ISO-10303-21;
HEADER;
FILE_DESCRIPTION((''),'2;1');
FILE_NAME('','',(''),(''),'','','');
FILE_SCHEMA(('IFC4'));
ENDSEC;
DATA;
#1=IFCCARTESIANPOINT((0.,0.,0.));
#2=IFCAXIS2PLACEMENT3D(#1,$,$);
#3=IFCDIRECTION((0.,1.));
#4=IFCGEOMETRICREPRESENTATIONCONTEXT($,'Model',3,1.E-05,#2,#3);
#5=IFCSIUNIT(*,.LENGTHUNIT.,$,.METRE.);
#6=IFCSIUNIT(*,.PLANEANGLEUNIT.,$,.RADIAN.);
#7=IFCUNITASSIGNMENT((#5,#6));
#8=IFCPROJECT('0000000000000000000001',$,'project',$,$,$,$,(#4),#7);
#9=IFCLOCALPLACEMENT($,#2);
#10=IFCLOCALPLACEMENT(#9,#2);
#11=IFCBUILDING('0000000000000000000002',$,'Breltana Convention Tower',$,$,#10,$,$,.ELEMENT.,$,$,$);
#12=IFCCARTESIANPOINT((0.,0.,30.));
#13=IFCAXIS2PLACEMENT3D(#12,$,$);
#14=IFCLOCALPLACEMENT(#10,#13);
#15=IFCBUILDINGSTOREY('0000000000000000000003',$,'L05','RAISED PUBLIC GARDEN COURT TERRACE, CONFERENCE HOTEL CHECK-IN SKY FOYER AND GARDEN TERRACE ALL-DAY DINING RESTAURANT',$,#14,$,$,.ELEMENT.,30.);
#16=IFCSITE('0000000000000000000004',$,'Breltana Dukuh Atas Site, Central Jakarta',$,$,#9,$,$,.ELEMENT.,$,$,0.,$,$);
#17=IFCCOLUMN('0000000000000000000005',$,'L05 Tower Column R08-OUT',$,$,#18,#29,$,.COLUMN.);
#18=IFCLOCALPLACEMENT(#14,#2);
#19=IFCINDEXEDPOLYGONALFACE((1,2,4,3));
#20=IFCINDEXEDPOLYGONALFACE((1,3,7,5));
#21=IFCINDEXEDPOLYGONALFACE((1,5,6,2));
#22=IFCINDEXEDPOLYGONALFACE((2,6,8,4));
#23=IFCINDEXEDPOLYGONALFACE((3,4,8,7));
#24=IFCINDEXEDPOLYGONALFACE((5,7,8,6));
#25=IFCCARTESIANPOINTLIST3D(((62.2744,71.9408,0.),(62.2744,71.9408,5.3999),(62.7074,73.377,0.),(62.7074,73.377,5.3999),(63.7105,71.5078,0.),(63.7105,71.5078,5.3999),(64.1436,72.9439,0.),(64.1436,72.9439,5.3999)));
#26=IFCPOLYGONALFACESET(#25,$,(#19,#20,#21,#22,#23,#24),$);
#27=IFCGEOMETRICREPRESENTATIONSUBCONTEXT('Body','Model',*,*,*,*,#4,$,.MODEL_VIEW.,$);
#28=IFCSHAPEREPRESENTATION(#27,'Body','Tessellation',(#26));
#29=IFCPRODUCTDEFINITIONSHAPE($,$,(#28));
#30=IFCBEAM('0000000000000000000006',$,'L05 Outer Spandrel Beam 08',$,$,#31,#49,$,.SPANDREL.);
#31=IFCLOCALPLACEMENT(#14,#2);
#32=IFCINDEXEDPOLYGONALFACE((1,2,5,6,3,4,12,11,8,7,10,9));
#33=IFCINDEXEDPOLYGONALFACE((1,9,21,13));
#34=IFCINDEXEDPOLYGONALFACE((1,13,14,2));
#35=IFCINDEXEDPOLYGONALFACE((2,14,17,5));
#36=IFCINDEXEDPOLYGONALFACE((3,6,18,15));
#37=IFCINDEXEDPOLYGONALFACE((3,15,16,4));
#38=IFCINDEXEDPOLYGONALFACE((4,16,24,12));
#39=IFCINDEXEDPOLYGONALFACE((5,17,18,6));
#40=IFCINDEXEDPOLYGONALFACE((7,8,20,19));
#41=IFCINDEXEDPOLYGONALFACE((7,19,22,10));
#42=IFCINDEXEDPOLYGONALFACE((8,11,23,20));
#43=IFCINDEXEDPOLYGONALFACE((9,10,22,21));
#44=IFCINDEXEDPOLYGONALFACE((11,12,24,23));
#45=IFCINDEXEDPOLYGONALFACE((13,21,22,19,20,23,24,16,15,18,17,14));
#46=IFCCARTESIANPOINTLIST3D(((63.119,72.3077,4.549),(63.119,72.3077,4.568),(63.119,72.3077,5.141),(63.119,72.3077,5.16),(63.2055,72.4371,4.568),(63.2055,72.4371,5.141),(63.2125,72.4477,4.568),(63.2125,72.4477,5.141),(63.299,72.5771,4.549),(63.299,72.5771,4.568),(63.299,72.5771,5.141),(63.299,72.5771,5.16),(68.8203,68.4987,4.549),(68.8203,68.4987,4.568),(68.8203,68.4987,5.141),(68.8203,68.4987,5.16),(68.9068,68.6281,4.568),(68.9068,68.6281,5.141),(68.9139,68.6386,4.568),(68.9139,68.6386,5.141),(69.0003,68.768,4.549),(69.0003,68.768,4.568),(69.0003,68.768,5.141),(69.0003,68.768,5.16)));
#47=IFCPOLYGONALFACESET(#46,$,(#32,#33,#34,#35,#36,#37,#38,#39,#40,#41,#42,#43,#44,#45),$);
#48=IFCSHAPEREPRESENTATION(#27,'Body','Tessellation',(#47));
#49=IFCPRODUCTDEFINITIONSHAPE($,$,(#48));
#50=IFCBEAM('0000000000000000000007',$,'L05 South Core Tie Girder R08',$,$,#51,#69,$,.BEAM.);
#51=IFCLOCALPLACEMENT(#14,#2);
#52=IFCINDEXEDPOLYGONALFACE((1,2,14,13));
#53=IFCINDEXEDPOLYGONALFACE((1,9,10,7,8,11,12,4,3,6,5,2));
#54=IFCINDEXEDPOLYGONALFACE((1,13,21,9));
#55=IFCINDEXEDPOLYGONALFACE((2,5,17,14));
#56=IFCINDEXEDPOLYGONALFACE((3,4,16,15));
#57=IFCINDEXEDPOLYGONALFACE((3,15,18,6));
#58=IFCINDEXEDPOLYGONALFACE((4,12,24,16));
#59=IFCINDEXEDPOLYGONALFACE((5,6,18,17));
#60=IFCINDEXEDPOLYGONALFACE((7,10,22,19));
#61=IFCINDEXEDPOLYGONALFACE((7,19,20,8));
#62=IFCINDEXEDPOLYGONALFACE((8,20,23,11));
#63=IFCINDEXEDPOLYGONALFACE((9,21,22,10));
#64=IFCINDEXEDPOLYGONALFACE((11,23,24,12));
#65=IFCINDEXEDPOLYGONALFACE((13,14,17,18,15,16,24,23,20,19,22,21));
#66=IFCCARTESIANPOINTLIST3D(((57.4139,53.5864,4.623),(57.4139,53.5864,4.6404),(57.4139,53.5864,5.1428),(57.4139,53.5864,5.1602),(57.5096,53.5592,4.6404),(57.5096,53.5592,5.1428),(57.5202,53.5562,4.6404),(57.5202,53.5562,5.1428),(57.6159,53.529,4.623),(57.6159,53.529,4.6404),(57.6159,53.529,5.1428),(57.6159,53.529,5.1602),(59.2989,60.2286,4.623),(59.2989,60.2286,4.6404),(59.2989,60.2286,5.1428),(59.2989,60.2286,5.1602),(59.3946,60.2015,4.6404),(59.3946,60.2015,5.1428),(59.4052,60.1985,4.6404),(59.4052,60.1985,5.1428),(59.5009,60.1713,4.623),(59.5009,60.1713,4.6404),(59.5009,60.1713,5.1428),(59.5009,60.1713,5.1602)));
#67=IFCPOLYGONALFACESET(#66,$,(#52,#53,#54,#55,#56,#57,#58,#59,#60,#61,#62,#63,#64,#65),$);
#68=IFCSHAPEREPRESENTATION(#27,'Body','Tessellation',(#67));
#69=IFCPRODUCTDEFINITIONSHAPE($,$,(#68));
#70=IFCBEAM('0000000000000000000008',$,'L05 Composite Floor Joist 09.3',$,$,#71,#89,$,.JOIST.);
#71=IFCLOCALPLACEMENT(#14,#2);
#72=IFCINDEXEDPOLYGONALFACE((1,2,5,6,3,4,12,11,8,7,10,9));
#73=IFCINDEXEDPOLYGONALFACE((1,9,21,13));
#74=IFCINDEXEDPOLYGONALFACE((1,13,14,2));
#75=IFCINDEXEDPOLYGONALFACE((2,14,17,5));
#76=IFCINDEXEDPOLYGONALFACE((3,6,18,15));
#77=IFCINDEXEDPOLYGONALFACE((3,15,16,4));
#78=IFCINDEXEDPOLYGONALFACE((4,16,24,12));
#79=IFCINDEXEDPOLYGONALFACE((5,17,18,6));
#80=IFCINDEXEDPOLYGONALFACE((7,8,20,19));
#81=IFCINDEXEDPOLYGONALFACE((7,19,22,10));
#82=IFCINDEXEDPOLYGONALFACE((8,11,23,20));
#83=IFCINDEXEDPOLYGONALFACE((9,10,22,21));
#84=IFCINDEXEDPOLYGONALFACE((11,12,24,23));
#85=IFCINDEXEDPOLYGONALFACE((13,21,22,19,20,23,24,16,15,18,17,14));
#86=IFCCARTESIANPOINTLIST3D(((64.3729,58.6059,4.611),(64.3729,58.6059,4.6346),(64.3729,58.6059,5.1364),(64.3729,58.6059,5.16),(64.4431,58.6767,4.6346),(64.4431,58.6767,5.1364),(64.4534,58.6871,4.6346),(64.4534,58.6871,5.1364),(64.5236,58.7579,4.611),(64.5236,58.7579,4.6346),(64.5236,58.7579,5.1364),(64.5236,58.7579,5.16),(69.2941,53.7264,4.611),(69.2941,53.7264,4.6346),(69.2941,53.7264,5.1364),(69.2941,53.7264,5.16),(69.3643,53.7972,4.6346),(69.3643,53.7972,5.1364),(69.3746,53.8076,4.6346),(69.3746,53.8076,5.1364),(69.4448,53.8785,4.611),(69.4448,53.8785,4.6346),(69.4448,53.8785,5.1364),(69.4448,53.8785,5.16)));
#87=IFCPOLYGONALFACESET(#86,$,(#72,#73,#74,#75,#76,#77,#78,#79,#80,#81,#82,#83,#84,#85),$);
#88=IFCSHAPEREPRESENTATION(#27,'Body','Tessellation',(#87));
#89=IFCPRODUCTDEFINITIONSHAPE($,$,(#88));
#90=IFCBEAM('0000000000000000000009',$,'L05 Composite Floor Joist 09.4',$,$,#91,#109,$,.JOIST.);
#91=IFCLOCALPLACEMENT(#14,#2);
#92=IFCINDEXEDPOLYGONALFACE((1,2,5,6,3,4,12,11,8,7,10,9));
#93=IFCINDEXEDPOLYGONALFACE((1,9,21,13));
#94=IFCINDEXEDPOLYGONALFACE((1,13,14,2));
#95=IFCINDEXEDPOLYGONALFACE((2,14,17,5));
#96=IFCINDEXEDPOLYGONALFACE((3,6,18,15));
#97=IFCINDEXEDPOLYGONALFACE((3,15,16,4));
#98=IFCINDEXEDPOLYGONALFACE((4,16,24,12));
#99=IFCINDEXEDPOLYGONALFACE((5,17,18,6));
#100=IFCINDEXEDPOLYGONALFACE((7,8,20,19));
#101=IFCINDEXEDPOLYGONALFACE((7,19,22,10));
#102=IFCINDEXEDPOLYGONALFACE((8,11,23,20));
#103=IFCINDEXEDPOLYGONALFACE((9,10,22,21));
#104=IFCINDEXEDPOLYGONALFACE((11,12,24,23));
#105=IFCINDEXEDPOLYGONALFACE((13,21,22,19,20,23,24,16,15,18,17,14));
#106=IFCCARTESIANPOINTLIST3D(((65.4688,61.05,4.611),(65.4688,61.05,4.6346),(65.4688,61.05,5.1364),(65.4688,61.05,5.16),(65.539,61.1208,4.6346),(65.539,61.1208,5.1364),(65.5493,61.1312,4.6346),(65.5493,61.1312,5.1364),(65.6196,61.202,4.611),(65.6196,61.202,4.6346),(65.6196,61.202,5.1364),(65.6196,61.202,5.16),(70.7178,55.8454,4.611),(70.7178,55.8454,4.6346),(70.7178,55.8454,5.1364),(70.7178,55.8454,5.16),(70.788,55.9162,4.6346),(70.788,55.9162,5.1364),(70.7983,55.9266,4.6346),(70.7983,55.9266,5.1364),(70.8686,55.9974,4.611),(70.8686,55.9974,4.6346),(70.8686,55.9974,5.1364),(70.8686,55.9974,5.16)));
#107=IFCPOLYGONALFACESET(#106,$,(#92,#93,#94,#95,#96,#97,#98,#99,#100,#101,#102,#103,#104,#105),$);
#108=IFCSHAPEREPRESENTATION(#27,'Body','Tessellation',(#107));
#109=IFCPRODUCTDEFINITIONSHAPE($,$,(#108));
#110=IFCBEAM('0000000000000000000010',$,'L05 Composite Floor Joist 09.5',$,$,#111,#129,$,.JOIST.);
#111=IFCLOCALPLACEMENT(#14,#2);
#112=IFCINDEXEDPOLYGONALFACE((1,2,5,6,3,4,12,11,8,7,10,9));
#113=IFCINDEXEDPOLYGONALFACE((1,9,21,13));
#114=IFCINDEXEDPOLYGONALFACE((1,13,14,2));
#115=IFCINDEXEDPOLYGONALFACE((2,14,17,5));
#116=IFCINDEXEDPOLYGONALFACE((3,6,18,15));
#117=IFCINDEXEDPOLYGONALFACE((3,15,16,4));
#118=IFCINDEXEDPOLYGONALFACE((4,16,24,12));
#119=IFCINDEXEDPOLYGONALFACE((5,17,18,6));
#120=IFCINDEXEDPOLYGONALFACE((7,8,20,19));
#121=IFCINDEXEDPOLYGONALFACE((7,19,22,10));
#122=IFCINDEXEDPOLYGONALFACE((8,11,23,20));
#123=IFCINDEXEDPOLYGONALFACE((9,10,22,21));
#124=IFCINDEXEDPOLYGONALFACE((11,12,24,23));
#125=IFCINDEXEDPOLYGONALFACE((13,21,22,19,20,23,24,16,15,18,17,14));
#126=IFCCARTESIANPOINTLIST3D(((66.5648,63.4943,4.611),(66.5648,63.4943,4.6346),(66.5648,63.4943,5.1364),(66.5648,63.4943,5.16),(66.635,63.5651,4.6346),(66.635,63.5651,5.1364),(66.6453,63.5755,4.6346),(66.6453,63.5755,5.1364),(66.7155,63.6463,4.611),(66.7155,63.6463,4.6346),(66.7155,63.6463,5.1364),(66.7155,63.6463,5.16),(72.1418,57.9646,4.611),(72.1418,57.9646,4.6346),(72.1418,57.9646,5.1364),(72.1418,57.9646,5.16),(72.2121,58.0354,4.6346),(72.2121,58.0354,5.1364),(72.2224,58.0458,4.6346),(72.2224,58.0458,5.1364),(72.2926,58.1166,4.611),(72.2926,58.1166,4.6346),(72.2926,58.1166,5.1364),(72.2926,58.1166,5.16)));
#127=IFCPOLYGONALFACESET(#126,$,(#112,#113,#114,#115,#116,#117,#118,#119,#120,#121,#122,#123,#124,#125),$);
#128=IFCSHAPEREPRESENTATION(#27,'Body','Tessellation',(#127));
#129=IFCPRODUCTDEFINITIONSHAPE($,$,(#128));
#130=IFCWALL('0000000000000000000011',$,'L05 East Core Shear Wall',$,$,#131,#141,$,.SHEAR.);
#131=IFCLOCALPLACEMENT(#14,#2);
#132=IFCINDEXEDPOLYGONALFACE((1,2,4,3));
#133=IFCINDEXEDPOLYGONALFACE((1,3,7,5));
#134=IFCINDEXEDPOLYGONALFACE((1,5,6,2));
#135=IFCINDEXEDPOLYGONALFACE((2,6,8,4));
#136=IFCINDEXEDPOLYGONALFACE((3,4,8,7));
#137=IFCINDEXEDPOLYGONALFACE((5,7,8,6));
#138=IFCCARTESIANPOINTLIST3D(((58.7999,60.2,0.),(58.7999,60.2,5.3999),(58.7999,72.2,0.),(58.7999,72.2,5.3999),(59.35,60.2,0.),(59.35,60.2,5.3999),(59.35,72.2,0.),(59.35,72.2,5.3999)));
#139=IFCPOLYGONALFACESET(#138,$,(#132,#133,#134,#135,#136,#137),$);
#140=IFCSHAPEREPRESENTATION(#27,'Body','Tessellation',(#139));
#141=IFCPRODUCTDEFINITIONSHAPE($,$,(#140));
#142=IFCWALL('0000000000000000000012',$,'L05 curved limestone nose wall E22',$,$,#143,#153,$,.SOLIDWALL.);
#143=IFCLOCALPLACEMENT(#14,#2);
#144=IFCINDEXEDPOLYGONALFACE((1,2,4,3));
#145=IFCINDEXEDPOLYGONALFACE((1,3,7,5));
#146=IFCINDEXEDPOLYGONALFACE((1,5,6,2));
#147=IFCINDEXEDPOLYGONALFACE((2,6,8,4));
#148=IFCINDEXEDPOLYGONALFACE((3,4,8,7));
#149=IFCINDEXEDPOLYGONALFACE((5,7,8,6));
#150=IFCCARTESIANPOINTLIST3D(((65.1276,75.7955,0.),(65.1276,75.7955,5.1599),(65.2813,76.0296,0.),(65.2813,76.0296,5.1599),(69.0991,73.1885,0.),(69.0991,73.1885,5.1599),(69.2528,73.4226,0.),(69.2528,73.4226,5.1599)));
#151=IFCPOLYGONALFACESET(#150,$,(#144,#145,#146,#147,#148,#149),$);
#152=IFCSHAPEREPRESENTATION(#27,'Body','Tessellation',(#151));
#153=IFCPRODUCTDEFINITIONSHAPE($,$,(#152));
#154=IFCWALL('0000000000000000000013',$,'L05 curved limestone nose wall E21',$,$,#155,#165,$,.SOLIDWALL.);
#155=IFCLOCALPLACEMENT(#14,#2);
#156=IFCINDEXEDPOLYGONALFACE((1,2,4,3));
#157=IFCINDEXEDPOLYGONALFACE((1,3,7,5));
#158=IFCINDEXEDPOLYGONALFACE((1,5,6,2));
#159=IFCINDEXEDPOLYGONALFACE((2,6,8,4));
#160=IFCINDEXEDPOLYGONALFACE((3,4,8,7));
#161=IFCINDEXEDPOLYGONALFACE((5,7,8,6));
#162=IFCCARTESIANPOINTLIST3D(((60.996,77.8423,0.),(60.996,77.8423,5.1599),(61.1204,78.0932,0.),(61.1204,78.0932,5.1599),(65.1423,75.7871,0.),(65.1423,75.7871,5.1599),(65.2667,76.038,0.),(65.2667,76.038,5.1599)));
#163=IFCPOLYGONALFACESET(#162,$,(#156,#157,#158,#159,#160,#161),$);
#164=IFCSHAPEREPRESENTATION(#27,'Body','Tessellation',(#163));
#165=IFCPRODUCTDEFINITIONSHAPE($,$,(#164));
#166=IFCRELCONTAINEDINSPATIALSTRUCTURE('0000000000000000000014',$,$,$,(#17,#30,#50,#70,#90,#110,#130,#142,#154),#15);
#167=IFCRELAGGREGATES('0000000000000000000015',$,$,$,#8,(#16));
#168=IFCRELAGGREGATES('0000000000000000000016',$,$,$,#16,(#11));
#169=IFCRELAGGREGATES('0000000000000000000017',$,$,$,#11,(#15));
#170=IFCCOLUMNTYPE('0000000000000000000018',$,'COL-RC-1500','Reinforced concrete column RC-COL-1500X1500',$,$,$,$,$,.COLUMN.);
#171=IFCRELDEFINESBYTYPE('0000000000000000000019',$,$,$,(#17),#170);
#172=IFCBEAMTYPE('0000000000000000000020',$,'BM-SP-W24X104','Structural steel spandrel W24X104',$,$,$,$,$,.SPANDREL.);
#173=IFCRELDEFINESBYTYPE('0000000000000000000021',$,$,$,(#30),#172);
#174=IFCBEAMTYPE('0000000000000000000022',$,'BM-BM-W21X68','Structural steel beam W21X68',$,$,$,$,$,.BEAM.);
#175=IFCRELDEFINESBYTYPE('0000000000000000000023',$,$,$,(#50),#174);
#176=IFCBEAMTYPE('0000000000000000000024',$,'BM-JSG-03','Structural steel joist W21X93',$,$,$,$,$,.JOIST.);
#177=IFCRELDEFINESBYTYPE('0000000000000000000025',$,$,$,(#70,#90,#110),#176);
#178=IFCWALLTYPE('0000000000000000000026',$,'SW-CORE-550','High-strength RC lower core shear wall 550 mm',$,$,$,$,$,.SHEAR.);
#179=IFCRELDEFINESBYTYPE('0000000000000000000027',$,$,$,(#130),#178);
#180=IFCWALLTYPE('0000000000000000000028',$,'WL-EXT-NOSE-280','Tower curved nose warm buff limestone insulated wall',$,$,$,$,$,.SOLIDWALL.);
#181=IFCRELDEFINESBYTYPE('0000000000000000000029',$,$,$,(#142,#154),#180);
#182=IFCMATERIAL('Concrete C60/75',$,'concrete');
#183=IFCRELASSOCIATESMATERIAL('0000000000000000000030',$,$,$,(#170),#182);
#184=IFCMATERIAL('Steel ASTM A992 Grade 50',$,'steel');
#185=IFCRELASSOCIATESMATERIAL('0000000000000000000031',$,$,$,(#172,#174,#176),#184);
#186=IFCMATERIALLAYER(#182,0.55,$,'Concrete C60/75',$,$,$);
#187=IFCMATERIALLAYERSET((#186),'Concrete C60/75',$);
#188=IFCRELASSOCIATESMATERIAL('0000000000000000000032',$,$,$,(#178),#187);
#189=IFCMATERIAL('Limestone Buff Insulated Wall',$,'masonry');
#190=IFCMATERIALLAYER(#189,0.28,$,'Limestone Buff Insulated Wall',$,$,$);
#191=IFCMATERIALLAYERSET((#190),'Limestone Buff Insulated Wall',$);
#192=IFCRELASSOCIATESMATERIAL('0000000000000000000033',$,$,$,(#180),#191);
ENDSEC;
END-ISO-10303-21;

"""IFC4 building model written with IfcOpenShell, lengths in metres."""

from ifc_helpers import new_model, si_unit, direction, frame, frame_2d, origin, origin_2d, place, context, subcontext, project, spatial, rectangle, i_section, extrude, source, transform, mapped, material, layer, layer_set, material_profile, profile_set, type_object, type_shapes, element, save


model = new_model("IFC4")

# Units and contexts
model_context = context("Model", 3, precision=1e-05, world=origin(), true_north=direction((0.0, 1.0)))
body_context = subcontext(model_context, "Body", "Model", "MODEL_VIEW")
ifc_project = project(units=[si_unit("LENGTHUNIT", "METRE"), si_unit("PLANEANGLEUNIT", "RADIAN")], contexts=[model_context])

# Site, building, storey
site_placement = place(None, origin())
site = spatial("IfcSite", under=ifc_project, at=site_placement, Name="Breltana Dukuh Atas Site, Central Jakarta", CompositionType="ELEMENT", RefElevation=0.0)
building_placement = place(site_placement, origin())
building = spatial("IfcBuilding", under=site, at=building_placement, Name="Breltana Convention Tower", CompositionType="ELEMENT")
storey_placement = place(building_placement, frame((0.0, 0.0, 30.0)))
storey = spatial("IfcBuildingStorey", under=building, at=storey_placement, Name="L05", Description="RAISED PUBLIC GARDEN COURT TERRACE, CONFERENCE HOTEL CHECK-IN SKY FOYER AND GARDEN TERRACE ALL-DAY DINING RESTAURANT", CompositionType="ELEMENT", Elevation=30.0)

# Column
ifc_material_1 = material(Name="Concrete C60/75", Category="concrete")
ifc_material_profile_1 = material_profile(ifc_material_1, rectangle(XDim=1.5, YDim=1.5, at=origin_2d()), Name="RC-COL-1500X1500")
ifc_profile_set_1 = profile_set([ifc_material_profile_1], Name="Concrete C60/75")
column_type = type_object("IfcColumnType", Name="COL-RC-1500", Description="Reinforced concrete column RC-COL-1500X1500", PredefinedType="COLUMN", material=ifc_profile_set_1)
shared_shape_1 = source(origin(), body_context, "Body", "SweptSolid", [
    extrude(rectangle(XDim=1.5, YDim=1.5, at=origin_2d()), origin(), (0.0, 0.0, 1.0), 5.3999),
])
type_shapes(column_type, [shared_shape_1])
column_placement = place(storey_placement, frame((63.209, 72.4424, 0.0), z_axis=(0.0, 0.0, 1.0), x_axis=(0.288698, 0.95742, 0.0)))
element("IfcColumn", 1, at=column_placement, inside=storey, type_object=column_type, Name="L05 Tower Column R08-OUT", PredefinedType="COLUMN", context=body_context, shape_type="MappedRepresentation", body=[
    mapped(shared_shape_1, transform((0.0, 0.0, 0.0), scale=1.0)),
])

# Beams
ifc_material_2 = material(Name="Steel ASTM A992 Grade 50", Category="steel")
ifc_material_profile_2 = material_profile(ifc_material_2, i_section(OverallWidth=0.324, OverallDepth=0.6111, WebThickness=0.0127, FlangeThickness=0.019, at=origin_2d()), Name="W24X104")
ifc_profile_set_2 = profile_set([ifc_material_profile_2], Name="Steel ASTM A992 Grade 50")
beam_type_1 = type_object("IfcBeamType", Name="BM-SP-W24X104", Description="Structural steel spandrel W24X104", PredefinedType="SPANDREL", material=ifc_profile_set_2)
shared_shape_2 = source(origin(), body_context, "Body", "SweptSolid", [
    extrude(i_section(OverallWidth=0.324, OverallDepth=0.6111, WebThickness=0.0127, FlangeThickness=0.019, at=origin_2d()), origin(), (0.0, 0.0, 1.0), 6.8567),
])
beam_1_placement = place(storey_placement, frame((63.209, 72.4424, 4.8545), z_axis=(0.831502, -0.555522, 0.0), x_axis=(0.555522, 0.831502, 0.0)))
element("IfcBeam", 2, at=beam_1_placement, inside=storey, type_object=beam_type_1, Name="L05 Outer Spandrel Beam 08", PredefinedType="SPANDREL", context=body_context, shape_type="MappedRepresentation", body=[
    mapped(shared_shape_2, transform((0.0, 0.0, 0.0), scale=1.0)),
])
ifc_material_profile_3 = material_profile(ifc_material_2, i_section(OverallWidth=0.21, OverallDepth=0.5371, WebThickness=0.011, FlangeThickness=0.0173, at=origin_2d()), Name="W21X68")
ifc_profile_set_3 = profile_set([ifc_material_profile_3], Name="Steel ASTM A992 Grade 50")
beam_type_2 = type_object("IfcBeamType", Name="BM-BM-W21X68", Description="Structural steel beam W21X68", PredefinedType="BEAM", material=ifc_profile_set_3)
shared_shape_3 = source(origin(), body_context, "Body", "SweptSolid", [
    extrude(i_section(OverallWidth=0.21, OverallDepth=0.5371, WebThickness=0.011, FlangeThickness=0.0173, at=origin_2d()), origin(), (0.0, 0.0, 1.0), 6.9045),
])
type_shapes(beam_type_2, [shared_shape_3])
beam_2_placement = place(storey_placement, frame((59.3999, 60.2, 4.8916), z_axis=(-0.273007, -0.962012, 0.0), x_axis=(0.962012, -0.273007, 0.0)))
element("IfcBeam", 3, at=beam_2_placement, inside=storey, type_object=beam_type_2, Name="L05 South Core Tie Girder R08", PredefinedType="BEAM", context=body_context, shape_type="MappedRepresentation", body=[
    mapped(shared_shape_3, transform((0.0, 0.0, 0.0), scale=1.0)),
])
ifc_material_profile_4 = material_profile(ifc_material_2, i_section(OverallWidth=0.2141, OverallDepth=0.5491, WebThickness=0.0146, FlangeThickness=0.0237, at=origin_2d()), Name="W21X93")
ifc_profile_set_4 = profile_set([ifc_material_profile_4], Name="Steel ASTM A992 Grade 50")
beam_type_3 = type_object("IfcBeamType", Name="BM-JSG-03", Description="Structural steel joist W21X93", PredefinedType="JOIST", material=ifc_profile_set_4)
shared_shape_4 = source(origin(), body_context, "Body", "SweptSolid", [
    extrude(i_section(OverallWidth=0.2141, OverallDepth=0.5491, WebThickness=0.0146, FlangeThickness=0.0237, at=origin_2d()), origin(), (0.0, 0.0, 1.0), 6.9302),
])
beam_3_placement = place(storey_placement, frame((64.4482, 58.6819, 4.8855), z_axis=(0.710112, -0.704088, 0.0), x_axis=(0.704088, 0.710112, 0.0)))
element("IfcBeam", 4, at=beam_3_placement, inside=storey, type_object=beam_type_3, Name="L05 Composite Floor Joist 09.3", PredefinedType="JOIST", context=body_context, shape_type="MappedRepresentation", body=[
    mapped(shared_shape_4, transform((0.0, 0.0, 0.0), scale=1.0)),
])
shared_shape_5 = source(origin(), body_context, "Body", "SweptSolid", [
    extrude(i_section(OverallWidth=0.2141, OverallDepth=0.5491, WebThickness=0.0146, FlangeThickness=0.0237, at=origin_2d()), origin(), (0.0, 0.0, 1.0), 7.3918),
])
beam_4_placement = place(storey_placement, frame((65.5442, 61.126, 4.8855), z_axis=(0.710106, -0.704095, 0.0), x_axis=(0.704095, 0.710106, 0.0)))
element("IfcBeam", 5, at=beam_4_placement, inside=storey, type_object=beam_type_3, Name="L05 Composite Floor Joist 09.4", PredefinedType="JOIST", context=body_context, shape_type="MappedRepresentation", body=[
    mapped(shared_shape_5, transform((0.0, 0.0, 0.0), scale=1.0)),
])
shared_shape_6 = source(origin(), body_context, "Body", "SweptSolid", [
    extrude(i_section(OverallWidth=0.2141, OverallDepth=0.5491, WebThickness=0.0146, FlangeThickness=0.0237, at=origin_2d()), origin(), (0.0, 0.0, 1.0), 7.8538),
])
beam_5_placement = place(storey_placement, frame((66.6401, 63.5703, 4.8855), z_axis=(0.710116, -0.704085, 0.0), x_axis=(0.704085, 0.710116, 0.0)))
element("IfcBeam", 6, at=beam_5_placement, inside=storey, type_object=beam_type_3, Name="L05 Composite Floor Joist 09.5", PredefinedType="JOIST", context=body_context, shape_type="MappedRepresentation", body=[
    mapped(shared_shape_6, transform((0.0, 0.0, 0.0), scale=1.0)),
])

# Walls
ifc_layer_1 = layer(ifc_material_1, 0.55, Name="Concrete C60/75")
ifc_layer_set_1 = layer_set([ifc_layer_1], Name="Concrete C60/75")
wall_type_1 = type_object("IfcWallType", Name="SW-CORE-550", Description="High-strength RC lower core shear wall 550 mm", PredefinedType="SHEAR", material=ifc_layer_set_1)
shared_shape_7 = source(origin(), body_context, "Body", "SweptSolid", [
    extrude(rectangle(XDim=12.0, YDim=0.55, at=frame_2d((6.0, 0.0))), origin(), (0.0, 0.0, 1.0), 5.3999),
])
wall_1_placement = place(storey_placement, frame((59.075, 60.2, 0.0), z_axis=(0.0, 0.0, 1.0), x_axis=(0.0, 1.0, 0.0)))
element("IfcWall", 7, at=wall_1_placement, inside=storey, type_object=wall_type_1, Name="L05 East Core Shear Wall", PredefinedType="SHEAR", context=body_context, shape_type="MappedRepresentation", body=[
    mapped(shared_shape_7, transform((0.0, 0.0, 0.0), scale=1.0)),
])
ifc_material_3 = material(Name="Limestone Buff Insulated Wall", Category="masonry")
ifc_layer_2 = layer(ifc_material_3, 0.28, Name="Limestone Buff Insulated Wall")
ifc_layer_set_2 = layer_set([ifc_layer_2], Name="Limestone Buff Insulated Wall")
wall_type_2 = type_object("IfcWallType", Name="WL-EXT-NOSE-280", Description="Tower curved nose warm buff limestone insulated wall", PredefinedType="SOLIDWALL", material=ifc_layer_set_2)
shared_shape_8 = source(origin(), body_context, "Body", "SweptSolid", [
    extrude(rectangle(XDim=4.7507, YDim=0.28, at=frame_2d((2.3755, 0.0))), origin(), (0.0, 0.0, 1.0), 5.1599),
])
wall_2_placement = place(storey_placement, frame((65.2043, 75.9126, 0.0), z_axis=(0.0, 0.0, 1.0), x_axis=(0.835982, -0.548756, 0.0)))
element("IfcWall", 8, at=wall_2_placement, inside=storey, type_object=wall_type_2, Name="L05 curved limestone nose wall E22", PredefinedType="SOLIDWALL", context=body_context, shape_type="MappedRepresentation", body=[
    mapped(shared_shape_8, transform((0.0, 0.0, 0.0), scale=1.0)),
])
shared_shape_9 = source(origin(), body_context, "Body", "SweptSolid", [
    extrude(rectangle(XDim=4.6277, YDim=0.28, at=frame_2d((2.314, 0.0))), origin(), (0.0, 0.0, 1.0), 5.1599),
])
wall_3_placement = place(storey_placement, frame((61.0581, 77.9678, 0.0), z_axis=(0.0, 0.0, 1.0), x_axis=(0.895973, -0.444109, 0.0)))
element("IfcWall", 9, at=wall_3_placement, inside=storey, type_object=wall_type_2, Name="L05 curved limestone nose wall E21", PredefinedType="SOLIDWALL", context=body_context, shape_type="MappedRepresentation", body=[
    mapped(shared_shape_9, transform((0.0, 0.0, 0.0), scale=1.0)),
])

save(model, "model.ifc")
